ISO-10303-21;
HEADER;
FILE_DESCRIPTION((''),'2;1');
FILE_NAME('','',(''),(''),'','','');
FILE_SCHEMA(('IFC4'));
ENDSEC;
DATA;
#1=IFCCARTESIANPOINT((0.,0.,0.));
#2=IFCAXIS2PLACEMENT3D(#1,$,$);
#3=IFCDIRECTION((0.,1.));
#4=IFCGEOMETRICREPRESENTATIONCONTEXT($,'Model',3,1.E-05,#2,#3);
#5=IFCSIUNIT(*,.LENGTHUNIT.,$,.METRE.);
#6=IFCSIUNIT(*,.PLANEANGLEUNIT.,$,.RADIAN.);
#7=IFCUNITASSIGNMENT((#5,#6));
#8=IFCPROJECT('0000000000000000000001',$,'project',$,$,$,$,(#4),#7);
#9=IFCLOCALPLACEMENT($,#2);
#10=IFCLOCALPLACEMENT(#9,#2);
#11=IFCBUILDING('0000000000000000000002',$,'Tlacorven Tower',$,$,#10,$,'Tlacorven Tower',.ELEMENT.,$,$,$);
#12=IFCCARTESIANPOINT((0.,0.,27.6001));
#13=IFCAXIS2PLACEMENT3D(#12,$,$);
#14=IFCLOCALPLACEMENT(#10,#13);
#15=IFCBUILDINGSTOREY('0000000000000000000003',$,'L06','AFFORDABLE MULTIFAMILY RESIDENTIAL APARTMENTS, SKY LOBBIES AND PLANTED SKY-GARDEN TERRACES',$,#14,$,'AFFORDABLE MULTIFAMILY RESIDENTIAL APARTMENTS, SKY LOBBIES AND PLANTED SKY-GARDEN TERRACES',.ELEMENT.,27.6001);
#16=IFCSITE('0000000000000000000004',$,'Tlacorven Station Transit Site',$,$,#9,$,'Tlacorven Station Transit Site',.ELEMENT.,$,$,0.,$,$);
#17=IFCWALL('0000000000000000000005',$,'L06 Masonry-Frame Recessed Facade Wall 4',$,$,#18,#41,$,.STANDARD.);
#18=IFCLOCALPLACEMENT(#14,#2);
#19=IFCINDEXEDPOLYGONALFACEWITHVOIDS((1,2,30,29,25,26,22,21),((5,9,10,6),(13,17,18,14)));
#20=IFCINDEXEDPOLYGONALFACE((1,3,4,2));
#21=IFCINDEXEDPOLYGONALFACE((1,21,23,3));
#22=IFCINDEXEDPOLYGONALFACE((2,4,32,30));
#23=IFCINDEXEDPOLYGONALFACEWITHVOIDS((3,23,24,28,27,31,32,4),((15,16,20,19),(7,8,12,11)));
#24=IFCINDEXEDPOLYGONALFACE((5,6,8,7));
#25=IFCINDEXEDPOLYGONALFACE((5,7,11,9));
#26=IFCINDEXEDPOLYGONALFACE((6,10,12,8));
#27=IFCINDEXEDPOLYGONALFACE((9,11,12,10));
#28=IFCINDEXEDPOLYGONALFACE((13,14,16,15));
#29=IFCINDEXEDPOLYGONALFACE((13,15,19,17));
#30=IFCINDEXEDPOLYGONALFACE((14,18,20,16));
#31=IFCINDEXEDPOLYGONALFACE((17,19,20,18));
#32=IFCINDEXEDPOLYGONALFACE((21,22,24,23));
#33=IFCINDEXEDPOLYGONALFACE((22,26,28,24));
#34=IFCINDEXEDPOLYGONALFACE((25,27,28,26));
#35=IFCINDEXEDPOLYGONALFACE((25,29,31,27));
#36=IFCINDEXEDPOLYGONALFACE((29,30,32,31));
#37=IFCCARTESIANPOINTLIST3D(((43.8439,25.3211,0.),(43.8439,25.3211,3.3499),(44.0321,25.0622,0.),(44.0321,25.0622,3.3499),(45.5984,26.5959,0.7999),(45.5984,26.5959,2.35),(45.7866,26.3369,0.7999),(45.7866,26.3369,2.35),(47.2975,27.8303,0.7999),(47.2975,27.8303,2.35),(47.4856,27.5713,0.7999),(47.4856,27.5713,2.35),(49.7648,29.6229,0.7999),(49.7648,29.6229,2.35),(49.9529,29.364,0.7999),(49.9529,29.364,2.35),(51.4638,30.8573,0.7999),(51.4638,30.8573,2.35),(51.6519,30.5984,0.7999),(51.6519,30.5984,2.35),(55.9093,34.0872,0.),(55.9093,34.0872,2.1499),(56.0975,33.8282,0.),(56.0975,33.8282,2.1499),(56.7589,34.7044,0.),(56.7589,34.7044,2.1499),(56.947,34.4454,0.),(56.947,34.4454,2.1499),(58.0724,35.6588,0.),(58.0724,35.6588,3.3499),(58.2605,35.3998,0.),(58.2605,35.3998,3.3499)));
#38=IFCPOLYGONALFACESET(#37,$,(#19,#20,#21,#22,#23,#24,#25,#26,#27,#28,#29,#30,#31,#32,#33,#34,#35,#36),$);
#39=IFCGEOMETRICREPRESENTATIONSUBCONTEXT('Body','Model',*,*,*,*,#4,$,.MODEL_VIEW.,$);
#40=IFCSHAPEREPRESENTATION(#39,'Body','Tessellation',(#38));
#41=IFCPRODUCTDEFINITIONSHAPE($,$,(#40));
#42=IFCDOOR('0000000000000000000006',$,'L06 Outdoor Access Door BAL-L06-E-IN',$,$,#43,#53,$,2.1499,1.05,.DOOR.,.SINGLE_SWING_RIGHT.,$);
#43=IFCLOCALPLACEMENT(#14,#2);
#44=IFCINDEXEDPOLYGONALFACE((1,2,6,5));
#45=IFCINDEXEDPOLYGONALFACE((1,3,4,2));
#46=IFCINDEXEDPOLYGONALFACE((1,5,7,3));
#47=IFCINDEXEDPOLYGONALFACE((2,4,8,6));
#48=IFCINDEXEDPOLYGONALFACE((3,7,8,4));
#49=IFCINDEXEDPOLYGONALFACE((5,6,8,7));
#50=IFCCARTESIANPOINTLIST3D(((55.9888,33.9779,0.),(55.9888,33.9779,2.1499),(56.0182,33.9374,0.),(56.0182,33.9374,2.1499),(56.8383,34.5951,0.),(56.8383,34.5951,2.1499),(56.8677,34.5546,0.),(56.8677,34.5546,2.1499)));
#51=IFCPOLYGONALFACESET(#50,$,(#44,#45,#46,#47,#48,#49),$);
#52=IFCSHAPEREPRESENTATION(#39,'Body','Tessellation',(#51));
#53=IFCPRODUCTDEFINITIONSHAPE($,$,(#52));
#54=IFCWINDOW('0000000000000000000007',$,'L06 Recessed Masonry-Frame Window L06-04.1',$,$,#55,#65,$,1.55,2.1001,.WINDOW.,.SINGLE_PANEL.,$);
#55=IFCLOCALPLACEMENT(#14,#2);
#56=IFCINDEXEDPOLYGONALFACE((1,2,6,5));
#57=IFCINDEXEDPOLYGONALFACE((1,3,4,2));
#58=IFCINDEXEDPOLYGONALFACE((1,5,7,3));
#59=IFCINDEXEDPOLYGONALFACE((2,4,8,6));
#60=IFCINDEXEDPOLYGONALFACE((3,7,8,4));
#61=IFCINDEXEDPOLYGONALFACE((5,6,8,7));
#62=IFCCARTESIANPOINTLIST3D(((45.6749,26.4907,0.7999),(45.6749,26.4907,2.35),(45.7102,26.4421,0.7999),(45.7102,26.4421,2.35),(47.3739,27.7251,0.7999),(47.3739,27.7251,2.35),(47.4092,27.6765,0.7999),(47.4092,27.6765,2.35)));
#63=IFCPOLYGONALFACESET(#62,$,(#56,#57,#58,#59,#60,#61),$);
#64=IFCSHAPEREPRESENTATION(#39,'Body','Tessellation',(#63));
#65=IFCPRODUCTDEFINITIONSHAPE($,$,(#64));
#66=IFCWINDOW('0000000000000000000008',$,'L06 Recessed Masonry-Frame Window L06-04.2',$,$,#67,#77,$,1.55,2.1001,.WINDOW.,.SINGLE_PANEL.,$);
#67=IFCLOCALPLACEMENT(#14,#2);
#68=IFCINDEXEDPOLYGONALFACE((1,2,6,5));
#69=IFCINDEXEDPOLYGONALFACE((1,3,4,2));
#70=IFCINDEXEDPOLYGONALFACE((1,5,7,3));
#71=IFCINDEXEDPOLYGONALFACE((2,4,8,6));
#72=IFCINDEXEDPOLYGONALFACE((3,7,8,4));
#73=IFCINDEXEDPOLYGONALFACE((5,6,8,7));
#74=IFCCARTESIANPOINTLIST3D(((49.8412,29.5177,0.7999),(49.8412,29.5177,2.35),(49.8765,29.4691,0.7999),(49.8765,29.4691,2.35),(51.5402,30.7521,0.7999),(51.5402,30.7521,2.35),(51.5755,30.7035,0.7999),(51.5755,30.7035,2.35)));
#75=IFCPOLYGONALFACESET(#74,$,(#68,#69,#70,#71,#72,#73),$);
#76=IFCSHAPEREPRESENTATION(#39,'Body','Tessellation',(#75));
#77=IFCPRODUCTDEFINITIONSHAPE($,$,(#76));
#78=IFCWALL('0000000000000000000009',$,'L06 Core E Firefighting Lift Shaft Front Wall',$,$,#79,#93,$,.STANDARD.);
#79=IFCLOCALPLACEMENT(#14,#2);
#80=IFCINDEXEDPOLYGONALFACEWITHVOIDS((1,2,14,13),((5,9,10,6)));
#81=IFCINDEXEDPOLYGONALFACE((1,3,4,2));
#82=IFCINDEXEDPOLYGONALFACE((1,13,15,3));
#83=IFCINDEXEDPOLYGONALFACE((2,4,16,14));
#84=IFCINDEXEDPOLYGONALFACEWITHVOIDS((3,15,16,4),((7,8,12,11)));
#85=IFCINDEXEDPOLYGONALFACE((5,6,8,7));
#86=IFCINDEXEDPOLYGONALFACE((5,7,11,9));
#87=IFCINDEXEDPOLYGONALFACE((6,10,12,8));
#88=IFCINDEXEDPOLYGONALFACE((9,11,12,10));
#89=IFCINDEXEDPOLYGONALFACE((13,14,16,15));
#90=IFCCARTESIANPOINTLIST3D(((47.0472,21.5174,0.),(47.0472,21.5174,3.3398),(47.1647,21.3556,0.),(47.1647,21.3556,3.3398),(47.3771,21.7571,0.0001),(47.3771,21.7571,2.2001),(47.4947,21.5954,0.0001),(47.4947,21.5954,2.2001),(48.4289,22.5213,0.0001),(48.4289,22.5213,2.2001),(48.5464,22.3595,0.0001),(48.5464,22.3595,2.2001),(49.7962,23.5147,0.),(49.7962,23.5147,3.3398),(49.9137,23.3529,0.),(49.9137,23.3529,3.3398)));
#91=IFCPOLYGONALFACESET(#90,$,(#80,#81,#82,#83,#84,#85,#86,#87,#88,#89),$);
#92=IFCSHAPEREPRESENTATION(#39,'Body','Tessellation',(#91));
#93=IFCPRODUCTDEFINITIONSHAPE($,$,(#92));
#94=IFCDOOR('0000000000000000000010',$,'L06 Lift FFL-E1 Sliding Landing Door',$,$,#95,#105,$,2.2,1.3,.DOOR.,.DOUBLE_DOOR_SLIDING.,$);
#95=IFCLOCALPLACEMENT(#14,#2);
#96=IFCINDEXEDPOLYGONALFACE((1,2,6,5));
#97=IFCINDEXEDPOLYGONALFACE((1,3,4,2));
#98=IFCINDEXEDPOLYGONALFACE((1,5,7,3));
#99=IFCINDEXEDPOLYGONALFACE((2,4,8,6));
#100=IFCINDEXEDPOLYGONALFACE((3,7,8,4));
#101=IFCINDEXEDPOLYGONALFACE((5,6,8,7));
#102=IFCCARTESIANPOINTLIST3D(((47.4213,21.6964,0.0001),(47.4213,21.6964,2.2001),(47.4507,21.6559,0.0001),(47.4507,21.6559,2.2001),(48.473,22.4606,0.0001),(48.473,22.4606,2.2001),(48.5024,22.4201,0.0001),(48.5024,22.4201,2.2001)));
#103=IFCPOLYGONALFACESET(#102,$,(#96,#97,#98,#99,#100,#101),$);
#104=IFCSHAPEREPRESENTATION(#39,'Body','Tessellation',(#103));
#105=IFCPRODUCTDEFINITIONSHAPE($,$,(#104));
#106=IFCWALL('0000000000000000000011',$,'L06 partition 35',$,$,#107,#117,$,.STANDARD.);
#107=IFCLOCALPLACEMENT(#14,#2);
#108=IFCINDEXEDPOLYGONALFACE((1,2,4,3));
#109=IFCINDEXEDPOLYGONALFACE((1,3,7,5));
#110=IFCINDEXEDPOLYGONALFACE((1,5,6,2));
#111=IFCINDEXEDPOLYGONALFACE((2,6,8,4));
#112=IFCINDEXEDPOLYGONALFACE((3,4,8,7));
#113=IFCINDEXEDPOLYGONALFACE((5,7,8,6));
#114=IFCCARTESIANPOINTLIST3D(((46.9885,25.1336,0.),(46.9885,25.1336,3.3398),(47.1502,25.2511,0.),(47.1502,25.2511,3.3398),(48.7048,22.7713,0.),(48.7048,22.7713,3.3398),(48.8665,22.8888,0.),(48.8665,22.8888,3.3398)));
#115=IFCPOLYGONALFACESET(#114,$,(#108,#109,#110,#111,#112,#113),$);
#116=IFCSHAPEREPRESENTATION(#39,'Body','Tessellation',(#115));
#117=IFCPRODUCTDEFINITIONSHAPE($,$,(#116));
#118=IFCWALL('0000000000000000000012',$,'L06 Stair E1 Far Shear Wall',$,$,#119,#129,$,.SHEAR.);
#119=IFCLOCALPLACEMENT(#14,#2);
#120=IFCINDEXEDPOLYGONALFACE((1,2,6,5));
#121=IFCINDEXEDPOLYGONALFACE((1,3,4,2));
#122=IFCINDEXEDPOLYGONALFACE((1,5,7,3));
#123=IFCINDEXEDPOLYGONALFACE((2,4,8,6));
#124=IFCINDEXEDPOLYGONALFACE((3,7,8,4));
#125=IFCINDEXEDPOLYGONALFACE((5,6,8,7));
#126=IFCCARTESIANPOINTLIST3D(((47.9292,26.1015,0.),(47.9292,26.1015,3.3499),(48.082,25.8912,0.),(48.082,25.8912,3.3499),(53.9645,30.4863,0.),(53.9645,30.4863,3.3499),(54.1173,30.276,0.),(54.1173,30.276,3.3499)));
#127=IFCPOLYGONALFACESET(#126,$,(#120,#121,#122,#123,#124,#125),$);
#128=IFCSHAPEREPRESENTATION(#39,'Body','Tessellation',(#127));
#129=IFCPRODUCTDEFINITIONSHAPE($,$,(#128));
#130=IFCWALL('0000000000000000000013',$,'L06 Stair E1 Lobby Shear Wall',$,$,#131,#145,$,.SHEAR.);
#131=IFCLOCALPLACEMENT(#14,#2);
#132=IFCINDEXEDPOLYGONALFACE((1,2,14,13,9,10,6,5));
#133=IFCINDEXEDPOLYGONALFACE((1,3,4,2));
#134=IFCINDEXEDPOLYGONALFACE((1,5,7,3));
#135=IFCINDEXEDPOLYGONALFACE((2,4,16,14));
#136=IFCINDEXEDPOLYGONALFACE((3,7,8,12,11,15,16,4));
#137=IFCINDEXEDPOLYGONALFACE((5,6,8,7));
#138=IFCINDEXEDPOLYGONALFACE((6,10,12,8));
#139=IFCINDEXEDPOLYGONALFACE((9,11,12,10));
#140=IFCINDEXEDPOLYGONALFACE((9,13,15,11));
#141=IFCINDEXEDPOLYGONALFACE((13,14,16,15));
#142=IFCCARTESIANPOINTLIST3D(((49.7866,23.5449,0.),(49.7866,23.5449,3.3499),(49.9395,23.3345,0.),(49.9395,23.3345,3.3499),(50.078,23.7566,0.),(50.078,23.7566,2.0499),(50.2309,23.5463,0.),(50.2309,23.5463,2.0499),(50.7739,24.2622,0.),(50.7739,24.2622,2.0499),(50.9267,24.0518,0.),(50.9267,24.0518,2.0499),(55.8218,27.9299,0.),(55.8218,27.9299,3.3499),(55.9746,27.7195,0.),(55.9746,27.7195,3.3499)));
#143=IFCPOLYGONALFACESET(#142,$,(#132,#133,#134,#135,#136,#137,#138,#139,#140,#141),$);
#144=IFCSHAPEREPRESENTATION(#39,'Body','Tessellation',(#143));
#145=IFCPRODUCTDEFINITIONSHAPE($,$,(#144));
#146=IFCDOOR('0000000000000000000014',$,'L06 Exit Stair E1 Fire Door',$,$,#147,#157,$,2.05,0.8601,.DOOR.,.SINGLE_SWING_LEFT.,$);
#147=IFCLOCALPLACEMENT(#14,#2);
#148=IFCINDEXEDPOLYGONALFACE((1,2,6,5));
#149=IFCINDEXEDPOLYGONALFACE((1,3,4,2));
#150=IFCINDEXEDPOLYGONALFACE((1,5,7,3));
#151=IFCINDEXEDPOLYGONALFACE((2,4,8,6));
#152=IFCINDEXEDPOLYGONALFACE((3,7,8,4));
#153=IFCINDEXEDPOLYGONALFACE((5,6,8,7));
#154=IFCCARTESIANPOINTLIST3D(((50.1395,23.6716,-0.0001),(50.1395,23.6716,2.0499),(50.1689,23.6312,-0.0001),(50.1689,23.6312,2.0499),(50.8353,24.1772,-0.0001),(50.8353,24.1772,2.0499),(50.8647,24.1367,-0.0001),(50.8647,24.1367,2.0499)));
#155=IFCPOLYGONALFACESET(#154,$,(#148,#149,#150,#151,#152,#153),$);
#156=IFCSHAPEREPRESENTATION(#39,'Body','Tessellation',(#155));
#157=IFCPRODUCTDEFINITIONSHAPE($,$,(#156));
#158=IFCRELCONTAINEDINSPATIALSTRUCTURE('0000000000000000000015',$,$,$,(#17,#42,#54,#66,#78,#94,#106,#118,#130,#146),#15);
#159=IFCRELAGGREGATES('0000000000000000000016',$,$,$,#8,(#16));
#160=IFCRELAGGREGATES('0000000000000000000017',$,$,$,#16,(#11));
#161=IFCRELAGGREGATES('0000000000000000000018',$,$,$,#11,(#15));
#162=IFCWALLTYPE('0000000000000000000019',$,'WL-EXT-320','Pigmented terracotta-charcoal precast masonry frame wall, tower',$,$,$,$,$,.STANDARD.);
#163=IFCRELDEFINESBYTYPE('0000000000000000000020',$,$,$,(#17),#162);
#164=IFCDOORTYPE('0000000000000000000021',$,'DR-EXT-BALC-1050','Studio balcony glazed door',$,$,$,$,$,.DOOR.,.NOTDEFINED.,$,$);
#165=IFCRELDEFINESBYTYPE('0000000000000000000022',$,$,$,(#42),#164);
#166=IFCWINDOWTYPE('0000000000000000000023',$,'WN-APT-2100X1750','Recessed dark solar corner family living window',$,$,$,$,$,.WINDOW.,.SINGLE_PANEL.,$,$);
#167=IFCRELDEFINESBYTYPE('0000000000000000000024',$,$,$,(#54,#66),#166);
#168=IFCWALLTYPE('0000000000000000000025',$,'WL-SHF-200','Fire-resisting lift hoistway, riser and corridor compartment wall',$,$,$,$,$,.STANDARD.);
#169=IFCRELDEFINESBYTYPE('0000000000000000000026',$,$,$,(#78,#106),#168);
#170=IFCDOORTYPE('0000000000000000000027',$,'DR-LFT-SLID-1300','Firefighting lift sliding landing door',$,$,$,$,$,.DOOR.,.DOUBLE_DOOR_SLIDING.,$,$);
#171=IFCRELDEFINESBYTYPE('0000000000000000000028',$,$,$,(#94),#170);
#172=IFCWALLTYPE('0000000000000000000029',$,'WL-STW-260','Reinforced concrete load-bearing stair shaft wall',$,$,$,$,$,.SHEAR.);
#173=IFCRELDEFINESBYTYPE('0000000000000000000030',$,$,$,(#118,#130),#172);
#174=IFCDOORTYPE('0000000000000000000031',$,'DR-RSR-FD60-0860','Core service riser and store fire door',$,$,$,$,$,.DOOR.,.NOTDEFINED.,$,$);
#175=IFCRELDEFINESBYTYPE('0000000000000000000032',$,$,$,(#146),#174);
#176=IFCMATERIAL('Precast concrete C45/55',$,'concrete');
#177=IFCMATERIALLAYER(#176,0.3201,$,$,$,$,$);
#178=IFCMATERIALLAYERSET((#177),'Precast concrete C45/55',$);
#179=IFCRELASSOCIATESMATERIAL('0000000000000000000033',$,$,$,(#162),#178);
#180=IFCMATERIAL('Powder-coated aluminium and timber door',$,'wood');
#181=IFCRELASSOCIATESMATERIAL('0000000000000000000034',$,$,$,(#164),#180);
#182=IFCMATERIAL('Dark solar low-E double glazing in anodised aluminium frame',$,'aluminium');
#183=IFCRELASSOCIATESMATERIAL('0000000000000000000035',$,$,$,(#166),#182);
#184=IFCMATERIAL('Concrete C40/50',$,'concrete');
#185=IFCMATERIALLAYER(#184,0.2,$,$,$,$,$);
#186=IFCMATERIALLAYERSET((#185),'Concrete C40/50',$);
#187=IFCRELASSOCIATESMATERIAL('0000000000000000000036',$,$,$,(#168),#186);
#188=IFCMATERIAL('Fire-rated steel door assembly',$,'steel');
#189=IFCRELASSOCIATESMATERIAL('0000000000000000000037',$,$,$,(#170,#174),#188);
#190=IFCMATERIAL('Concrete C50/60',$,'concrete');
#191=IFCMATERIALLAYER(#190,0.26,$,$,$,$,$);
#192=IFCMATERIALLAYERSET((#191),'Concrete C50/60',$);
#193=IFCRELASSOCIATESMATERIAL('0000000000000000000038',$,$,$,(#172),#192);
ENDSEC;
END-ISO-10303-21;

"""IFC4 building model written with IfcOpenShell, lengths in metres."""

from ifc_helpers import new_model, si_unit, direction, frame, frame_2d, origin, place, context, subcontext, project, spatial, rectangle, extrude, source, transform, mapped, material, layer, layer_set, type_object, element, fill, save


model = new_model("IFC4")

# Units and contexts
model_context = context("Model", 3, precision=1e-05, world=origin(), true_north=direction((0.0, 1.0)))
body_context = subcontext(model_context, "Body", "Model", "MODEL_VIEW")
ifc_project = project(units=[si_unit("LENGTHUNIT", "METRE"), si_unit("PLANEANGLEUNIT", "RADIAN")], contexts=[model_context])

# Site, building, storey
site_placement = place(None, origin())
site = spatial("IfcSite", under=ifc_project, at=site_placement, Name="Tlacorven Station Transit Site", LongName="Tlacorven Station Transit Site", CompositionType="ELEMENT", RefElevation=0.0)
building_placement = place(site_placement, origin())
building = spatial("IfcBuilding", under=site, at=building_placement, Name="Tlacorven Tower", LongName="Tlacorven Tower", CompositionType="ELEMENT")
storey_placement = place(building_placement, frame((0.0, 0.0, 27.6001)))
storey = spatial("IfcBuildingStorey", under=building, at=storey_placement, Name="L06", Description="AFFORDABLE MULTIFAMILY RESIDENTIAL APARTMENTS, SKY LOBBIES AND PLANTED SKY-GARDEN TERRACES", LongName="AFFORDABLE MULTIFAMILY RESIDENTIAL APARTMENTS, SKY LOBBIES AND PLANTED SKY-GARDEN TERRACES", CompositionType="ELEMENT", Elevation=27.6001)

# Wall, openings, door, windows
ifc_material_1 = material(Name="Precast concrete C45/55", Category="concrete")
ifc_layer_1 = layer(ifc_material_1, 0.3201)
ifc_layer_set_1 = layer_set([ifc_layer_1], Name="Precast concrete C45/55")
wall_type_1 = type_object("IfcWallType", Name="WL-EXT-320", Description="Pigmented terracotta-charcoal precast masonry frame wall, tower", PredefinedType="STANDARD", material=ifc_layer_set_1)
wall_1_placement = place(storey_placement, frame((43.938, 25.1917, 0.0), z_axis=(0.0, 0.0, 1.0), x_axis=(0.809016, 0.587786, 0.0)))
wall_1 = element("IfcWall", 1, at=wall_1_placement, inside=storey, type_object=wall_type_1, Name="L06 Masonry-Frame Recessed Facade Wall 4", PredefinedType="STANDARD", context=body_context, shape_type="SweptSolid", body=[
    extrude(rectangle(XDim=17.5874, YDim=0.3201, at=frame_2d((8.7937, 0.0))), origin(), (0.0, 0.0, 1.0), 3.3499),
])
opening_1_placement = place(wall_1_placement, frame((14.9138, 0.0, 0.0)))
opening_1 = element("IfcOpeningElement", 2, at=opening_1_placement, cuts=wall_1, PredefinedType="OPENING", context=body_context, shape_type="SweptSolid", body=[
    extrude(rectangle(XDim=1.05, YDim=2.1499, at=frame_2d((0.5249, 1.075))), frame((0.0, 0.1699, 0.0), z_axis=(0.0, -1.0, 0.0), x_axis=(1.0, 0.0, 0.0)), (0.0, 0.0, 1.0), 0.3401),
])
opening_2_placement = place(wall_1_placement, frame((2.1687, 0.0, 0.8)))
opening_2 = element("IfcOpeningElement", 3, at=opening_2_placement, cuts=wall_1, PredefinedType="OPENING", context=body_context, shape_type="SweptSolid", body=[
    extrude(rectangle(XDim=2.1001, YDim=1.55, at=frame_2d((1.05, 0.7749))), frame((0.0, 0.1699, 0.0), z_axis=(0.0, -1.0, 0.0), x_axis=(1.0, 0.0, 0.0)), (0.0, 0.0, 1.0), 0.3401),
])
opening_3_placement = place(wall_1_placement, frame((7.3186, 0.0, 0.8)))
opening_3 = element("IfcOpeningElement", 4, at=opening_3_placement, cuts=wall_1, PredefinedType="OPENING", context=body_context, shape_type="SweptSolid", body=[
    extrude(rectangle(XDim=2.1001, YDim=1.55, at=frame_2d((1.05, 0.7749))), frame((0.0, 0.1699, 0.0), z_axis=(0.0, -1.0, 0.0), x_axis=(1.0, 0.0, 0.0)), (0.0, 0.0, 1.0), 0.3401),
])
ifc_material_2 = material(Name="Powder-coated aluminium and timber door", Category="wood")
door_type_1 = type_object("IfcDoorType", Name="DR-EXT-BALC-1050", Description="Studio balcony glazed door", OperationType="NOTDEFINED", PredefinedType="DOOR", material=ifc_material_2)
shared_shape_1 = source(origin(), body_context, "Body", "SweptSolid", [
    extrude(rectangle(XDim=1.05, YDim=2.1499, at=frame_2d((0.5249, 1.075))), frame((0.0, 0.0249, 0.0), z_axis=(0.0, -1.0, 0.0), x_axis=(1.0, 0.0, 0.0)), (0.0, 0.0, 1.0), 0.05),
])
door_1_placement = place(opening_1_placement, origin())
door_1 = element("IfcDoor", 5, at=door_1_placement, inside=storey, type_object=door_type_1, Name="L06 Outdoor Access Door BAL-L06-E-IN", OperationType="SINGLE_SWING_RIGHT", OverallHeight=2.1499, OverallWidth=1.05, PredefinedType="DOOR", context=body_context, shape_type="MappedRepresentation", body=[
    mapped(shared_shape_1, transform((0.0, 0.0, 0.0), scale=1.0)),
])
fill(opening_1, door_1)
ifc_material_3 = material(Name="Dark solar low-E double glazing in anodised aluminium frame", Category="aluminium")
window_type = type_object("IfcWindowType", Name="WN-APT-2100X1750", Description="Recessed dark solar corner family living window", PartitioningType="SINGLE_PANEL", PredefinedType="WINDOW", material=ifc_material_3)
shared_shape_2 = source(origin(), body_context, "Body", "SweptSolid", [
    extrude(rectangle(XDim=2.1001, YDim=1.55, at=frame_2d((1.05, 0.7749))), frame((0.0, 0.03, 0.0), z_axis=(0.0, -1.0, 0.0), x_axis=(1.0, 0.0, 0.0)), (0.0, 0.0, 1.0), 0.0601),
])
window_1_placement = place(opening_2_placement, origin())
window_1 = element("IfcWindow", 6, at=window_1_placement, inside=storey, type_object=window_type, Name="L06 Recessed Masonry-Frame Window L06-04.1", OverallHeight=1.55, OverallWidth=2.1001, PartitioningType="SINGLE_PANEL", PredefinedType="WINDOW", context=body_context, shape_type="MappedRepresentation", body=[
    mapped(shared_shape_2, transform((0.0, 0.0, 0.0), scale=1.0)),
])
fill(opening_2, window_1)
window_2_placement = place(opening_3_placement, origin())
window_2 = element("IfcWindow", 7, at=window_2_placement, inside=storey, type_object=window_type, Name="L06 Recessed Masonry-Frame Window L06-04.2", OverallHeight=1.55, OverallWidth=2.1001, PartitioningType="SINGLE_PANEL", PredefinedType="WINDOW", context=body_context, shape_type="MappedRepresentation", body=[
    mapped(shared_shape_2, transform((0.0, 0.0, 0.0), scale=1.0)),
])
fill(opening_3, window_2)

# Wall, opening, door
ifc_material_4 = material(Name="Concrete C40/50", Category="concrete")
ifc_layer_2 = layer(ifc_material_4, 0.2)
ifc_layer_set_2 = layer_set([ifc_layer_2], Name="Concrete C40/50")
wall_type_2 = type_object("IfcWallType", Name="WL-SHF-200", Description="Fire-resisting lift hoistway, riser and corridor compartment wall", PredefinedType="STANDARD", material=ifc_layer_set_2)
wall_2_placement = place(storey_placement, frame((47.106, 21.4365, 0.0), z_axis=(0.0, 0.0, 1.0), x_axis=(0.809013, 0.587791, 0.0)))
wall_2 = element("IfcWall", 8, at=wall_2_placement, inside=storey, type_object=wall_type_2, Name="L06 Core E Firefighting Lift Shaft Front Wall", PredefinedType="STANDARD", context=body_context, shape_type="SweptSolid", body=[
    extrude(rectangle(XDim=3.3979, YDim=0.2, at=frame_2d((1.699, 0.0))), origin(), (0.0, 0.0, 1.0), 3.3398),
])
opening_4_placement = place(wall_2_placement, frame((0.408, 0.0, 0.0)))
opening_4 = element("IfcOpeningElement", 9, at=opening_4_placement, cuts=wall_2, PredefinedType="OPENING", context=body_context, shape_type="SweptSolid", body=[
    extrude(rectangle(XDim=1.3, YDim=2.2, at=frame_2d((0.6499, 1.1001))), frame((0.0, 0.1099, 0.0), z_axis=(0.0, -1.0, 0.0), x_axis=(1.0, 0.0, 0.0)), (0.0, 0.0, 1.0), 0.22),
])
ifc_material_5 = material(Name="Fire-rated steel door assembly", Category="steel")
door_type_2 = type_object("IfcDoorType", Name="DR-LFT-SLID-1300", Description="Firefighting lift sliding landing door", OperationType="DOUBLE_DOOR_SLIDING", PredefinedType="DOOR", material=ifc_material_5)
shared_shape_3 = source(origin(), body_context, "Body", "SweptSolid", [
    extrude(rectangle(XDim=1.3, YDim=2.2, at=frame_2d((0.6499, 1.1001))), frame((0.0, 0.0249, 0.0), z_axis=(0.0, -1.0, 0.0), x_axis=(1.0, 0.0, 0.0)), (0.0, 0.0, 1.0), 0.05),
])
door_2_placement = place(opening_4_placement, origin())
door_2 = element("IfcDoor", 10, at=door_2_placement, inside=storey, type_object=door_type_2, Name="L06 Lift FFL-E1 Sliding Landing Door", OperationType="DOUBLE_DOOR_SLIDING", OverallHeight=2.2, OverallWidth=1.3, PredefinedType="DOOR", context=body_context, shape_type="MappedRepresentation", body=[
    mapped(shared_shape_3, transform((0.0, 0.0, 0.0), scale=1.0)),
])
fill(opening_4, door_2)

# Walls
wall_3_placement = place(storey_placement, frame((48.7856, 22.8301, 0.0), z_axis=(0.0, 0.0, 1.0), x_axis=(-0.587784, 0.809018, 0.0)))
element("IfcWall", 11, at=wall_3_placement, inside=storey, type_object=wall_type_2, Name="L06 partition 35", PredefinedType="STANDARD", context=body_context, shape_type="SweptSolid", body=[
    extrude(rectangle(XDim=2.9199, YDim=0.2, at=frame_2d((1.46, 0.0))), origin(), (0.0, 0.0, 1.0), 3.3398),
])
ifc_material_6 = material(Name="Concrete C50/60", Category="concrete")
ifc_layer_3 = layer(ifc_material_6, 0.26)
ifc_layer_set_3 = layer_set([ifc_layer_3], Name="Concrete C50/60")
wall_type_3 = type_object("IfcWallType", Name="WL-STW-260", Description="Reinforced concrete load-bearing stair shaft wall", PredefinedType="SHEAR", material=ifc_layer_set_3)
wall_4_placement = place(storey_placement, frame((48.0056, 25.9963, 0.0), z_axis=(0.0, 0.0, 1.0), x_axis=(0.809019, 0.587782, 0.0)))
element("IfcWall", 12, at=wall_4_placement, inside=storey, type_object=wall_type_3, Name="L06 Stair E1 Far Shear Wall", PredefinedType="SHEAR", context=body_context, shape_type="SweptSolid", body=[
    extrude(rectangle(XDim=7.46, YDim=0.26, at=frame_2d((3.73, 0.0))), origin(), (0.0, 0.0, 1.0), 3.3499),
])

# Wall, opening, door
wall_5_placement = place(storey_placement, frame((49.863, 23.4397, 0.0), z_axis=(0.0, 0.0, 1.0), x_axis=(0.809003, 0.587804, 0.0)))
wall_5 = element("IfcWall", 13, at=wall_5_placement, inside=storey, type_object=wall_type_3, Name="L06 Stair E1 Lobby Shear Wall", PredefinedType="SHEAR", context=body_context, shape_type="SweptSolid", body=[
    extrude(rectangle(XDim=7.46, YDim=0.26, at=frame_2d((3.73, 0.0))), origin(), (0.0, 0.0, 1.0), 3.3499),
])
opening_5_placement = place(wall_5_placement, frame((0.3601, 0.0, 0.0)))
opening_5 = element("IfcOpeningElement", 14, at=opening_5_placement, cuts=wall_5, PredefinedType="OPENING", context=body_context, shape_type="SweptSolid", body=[
    extrude(rectangle(XDim=0.8601, YDim=2.05, at=frame_2d((0.4302, 1.0249))), frame((0.0, 0.1401, 0.0), z_axis=(0.0, -1.0, 0.0), x_axis=(1.0, 0.0, 0.0)), (0.0, 0.0, 1.0), 0.28),
])
door_type_3 = type_object("IfcDoorType", Name="DR-RSR-FD60-0860", Description="Core service riser and store fire door", OperationType="NOTDEFINED", PredefinedType="DOOR", material=ifc_material_5)
shared_shape_4 = source(origin(), body_context, "Body", "SweptSolid", [
    extrude(rectangle(XDim=0.8601, YDim=2.05, at=frame_2d((0.4302, 1.0249))), frame((0.0, 0.0249, 0.0), z_axis=(0.0, -1.0, 0.0), x_axis=(1.0, 0.0, 0.0)), (0.0, 0.0, 1.0), 0.05),
])
door_3_placement = place(opening_5_placement, frame((0.8601, 0.0, 0.0), z_axis=(0.0, 0.0, 1.0), x_axis=(-1.0, 0.0, 0.0)))
door_3 = element("IfcDoor", 15, at=door_3_placement, inside=storey, type_object=door_type_3, Name="L06 Exit Stair E1 Fire Door", OperationType="SINGLE_SWING_LEFT", OverallHeight=2.05, OverallWidth=0.8601, PredefinedType="DOOR", context=body_context, shape_type="MappedRepresentation", body=[
    mapped(shared_shape_4, transform((0.0, 0.0, 0.0), scale=1.0)),
])
fill(opening_5, door_3)

save(model, "model.ifc")
